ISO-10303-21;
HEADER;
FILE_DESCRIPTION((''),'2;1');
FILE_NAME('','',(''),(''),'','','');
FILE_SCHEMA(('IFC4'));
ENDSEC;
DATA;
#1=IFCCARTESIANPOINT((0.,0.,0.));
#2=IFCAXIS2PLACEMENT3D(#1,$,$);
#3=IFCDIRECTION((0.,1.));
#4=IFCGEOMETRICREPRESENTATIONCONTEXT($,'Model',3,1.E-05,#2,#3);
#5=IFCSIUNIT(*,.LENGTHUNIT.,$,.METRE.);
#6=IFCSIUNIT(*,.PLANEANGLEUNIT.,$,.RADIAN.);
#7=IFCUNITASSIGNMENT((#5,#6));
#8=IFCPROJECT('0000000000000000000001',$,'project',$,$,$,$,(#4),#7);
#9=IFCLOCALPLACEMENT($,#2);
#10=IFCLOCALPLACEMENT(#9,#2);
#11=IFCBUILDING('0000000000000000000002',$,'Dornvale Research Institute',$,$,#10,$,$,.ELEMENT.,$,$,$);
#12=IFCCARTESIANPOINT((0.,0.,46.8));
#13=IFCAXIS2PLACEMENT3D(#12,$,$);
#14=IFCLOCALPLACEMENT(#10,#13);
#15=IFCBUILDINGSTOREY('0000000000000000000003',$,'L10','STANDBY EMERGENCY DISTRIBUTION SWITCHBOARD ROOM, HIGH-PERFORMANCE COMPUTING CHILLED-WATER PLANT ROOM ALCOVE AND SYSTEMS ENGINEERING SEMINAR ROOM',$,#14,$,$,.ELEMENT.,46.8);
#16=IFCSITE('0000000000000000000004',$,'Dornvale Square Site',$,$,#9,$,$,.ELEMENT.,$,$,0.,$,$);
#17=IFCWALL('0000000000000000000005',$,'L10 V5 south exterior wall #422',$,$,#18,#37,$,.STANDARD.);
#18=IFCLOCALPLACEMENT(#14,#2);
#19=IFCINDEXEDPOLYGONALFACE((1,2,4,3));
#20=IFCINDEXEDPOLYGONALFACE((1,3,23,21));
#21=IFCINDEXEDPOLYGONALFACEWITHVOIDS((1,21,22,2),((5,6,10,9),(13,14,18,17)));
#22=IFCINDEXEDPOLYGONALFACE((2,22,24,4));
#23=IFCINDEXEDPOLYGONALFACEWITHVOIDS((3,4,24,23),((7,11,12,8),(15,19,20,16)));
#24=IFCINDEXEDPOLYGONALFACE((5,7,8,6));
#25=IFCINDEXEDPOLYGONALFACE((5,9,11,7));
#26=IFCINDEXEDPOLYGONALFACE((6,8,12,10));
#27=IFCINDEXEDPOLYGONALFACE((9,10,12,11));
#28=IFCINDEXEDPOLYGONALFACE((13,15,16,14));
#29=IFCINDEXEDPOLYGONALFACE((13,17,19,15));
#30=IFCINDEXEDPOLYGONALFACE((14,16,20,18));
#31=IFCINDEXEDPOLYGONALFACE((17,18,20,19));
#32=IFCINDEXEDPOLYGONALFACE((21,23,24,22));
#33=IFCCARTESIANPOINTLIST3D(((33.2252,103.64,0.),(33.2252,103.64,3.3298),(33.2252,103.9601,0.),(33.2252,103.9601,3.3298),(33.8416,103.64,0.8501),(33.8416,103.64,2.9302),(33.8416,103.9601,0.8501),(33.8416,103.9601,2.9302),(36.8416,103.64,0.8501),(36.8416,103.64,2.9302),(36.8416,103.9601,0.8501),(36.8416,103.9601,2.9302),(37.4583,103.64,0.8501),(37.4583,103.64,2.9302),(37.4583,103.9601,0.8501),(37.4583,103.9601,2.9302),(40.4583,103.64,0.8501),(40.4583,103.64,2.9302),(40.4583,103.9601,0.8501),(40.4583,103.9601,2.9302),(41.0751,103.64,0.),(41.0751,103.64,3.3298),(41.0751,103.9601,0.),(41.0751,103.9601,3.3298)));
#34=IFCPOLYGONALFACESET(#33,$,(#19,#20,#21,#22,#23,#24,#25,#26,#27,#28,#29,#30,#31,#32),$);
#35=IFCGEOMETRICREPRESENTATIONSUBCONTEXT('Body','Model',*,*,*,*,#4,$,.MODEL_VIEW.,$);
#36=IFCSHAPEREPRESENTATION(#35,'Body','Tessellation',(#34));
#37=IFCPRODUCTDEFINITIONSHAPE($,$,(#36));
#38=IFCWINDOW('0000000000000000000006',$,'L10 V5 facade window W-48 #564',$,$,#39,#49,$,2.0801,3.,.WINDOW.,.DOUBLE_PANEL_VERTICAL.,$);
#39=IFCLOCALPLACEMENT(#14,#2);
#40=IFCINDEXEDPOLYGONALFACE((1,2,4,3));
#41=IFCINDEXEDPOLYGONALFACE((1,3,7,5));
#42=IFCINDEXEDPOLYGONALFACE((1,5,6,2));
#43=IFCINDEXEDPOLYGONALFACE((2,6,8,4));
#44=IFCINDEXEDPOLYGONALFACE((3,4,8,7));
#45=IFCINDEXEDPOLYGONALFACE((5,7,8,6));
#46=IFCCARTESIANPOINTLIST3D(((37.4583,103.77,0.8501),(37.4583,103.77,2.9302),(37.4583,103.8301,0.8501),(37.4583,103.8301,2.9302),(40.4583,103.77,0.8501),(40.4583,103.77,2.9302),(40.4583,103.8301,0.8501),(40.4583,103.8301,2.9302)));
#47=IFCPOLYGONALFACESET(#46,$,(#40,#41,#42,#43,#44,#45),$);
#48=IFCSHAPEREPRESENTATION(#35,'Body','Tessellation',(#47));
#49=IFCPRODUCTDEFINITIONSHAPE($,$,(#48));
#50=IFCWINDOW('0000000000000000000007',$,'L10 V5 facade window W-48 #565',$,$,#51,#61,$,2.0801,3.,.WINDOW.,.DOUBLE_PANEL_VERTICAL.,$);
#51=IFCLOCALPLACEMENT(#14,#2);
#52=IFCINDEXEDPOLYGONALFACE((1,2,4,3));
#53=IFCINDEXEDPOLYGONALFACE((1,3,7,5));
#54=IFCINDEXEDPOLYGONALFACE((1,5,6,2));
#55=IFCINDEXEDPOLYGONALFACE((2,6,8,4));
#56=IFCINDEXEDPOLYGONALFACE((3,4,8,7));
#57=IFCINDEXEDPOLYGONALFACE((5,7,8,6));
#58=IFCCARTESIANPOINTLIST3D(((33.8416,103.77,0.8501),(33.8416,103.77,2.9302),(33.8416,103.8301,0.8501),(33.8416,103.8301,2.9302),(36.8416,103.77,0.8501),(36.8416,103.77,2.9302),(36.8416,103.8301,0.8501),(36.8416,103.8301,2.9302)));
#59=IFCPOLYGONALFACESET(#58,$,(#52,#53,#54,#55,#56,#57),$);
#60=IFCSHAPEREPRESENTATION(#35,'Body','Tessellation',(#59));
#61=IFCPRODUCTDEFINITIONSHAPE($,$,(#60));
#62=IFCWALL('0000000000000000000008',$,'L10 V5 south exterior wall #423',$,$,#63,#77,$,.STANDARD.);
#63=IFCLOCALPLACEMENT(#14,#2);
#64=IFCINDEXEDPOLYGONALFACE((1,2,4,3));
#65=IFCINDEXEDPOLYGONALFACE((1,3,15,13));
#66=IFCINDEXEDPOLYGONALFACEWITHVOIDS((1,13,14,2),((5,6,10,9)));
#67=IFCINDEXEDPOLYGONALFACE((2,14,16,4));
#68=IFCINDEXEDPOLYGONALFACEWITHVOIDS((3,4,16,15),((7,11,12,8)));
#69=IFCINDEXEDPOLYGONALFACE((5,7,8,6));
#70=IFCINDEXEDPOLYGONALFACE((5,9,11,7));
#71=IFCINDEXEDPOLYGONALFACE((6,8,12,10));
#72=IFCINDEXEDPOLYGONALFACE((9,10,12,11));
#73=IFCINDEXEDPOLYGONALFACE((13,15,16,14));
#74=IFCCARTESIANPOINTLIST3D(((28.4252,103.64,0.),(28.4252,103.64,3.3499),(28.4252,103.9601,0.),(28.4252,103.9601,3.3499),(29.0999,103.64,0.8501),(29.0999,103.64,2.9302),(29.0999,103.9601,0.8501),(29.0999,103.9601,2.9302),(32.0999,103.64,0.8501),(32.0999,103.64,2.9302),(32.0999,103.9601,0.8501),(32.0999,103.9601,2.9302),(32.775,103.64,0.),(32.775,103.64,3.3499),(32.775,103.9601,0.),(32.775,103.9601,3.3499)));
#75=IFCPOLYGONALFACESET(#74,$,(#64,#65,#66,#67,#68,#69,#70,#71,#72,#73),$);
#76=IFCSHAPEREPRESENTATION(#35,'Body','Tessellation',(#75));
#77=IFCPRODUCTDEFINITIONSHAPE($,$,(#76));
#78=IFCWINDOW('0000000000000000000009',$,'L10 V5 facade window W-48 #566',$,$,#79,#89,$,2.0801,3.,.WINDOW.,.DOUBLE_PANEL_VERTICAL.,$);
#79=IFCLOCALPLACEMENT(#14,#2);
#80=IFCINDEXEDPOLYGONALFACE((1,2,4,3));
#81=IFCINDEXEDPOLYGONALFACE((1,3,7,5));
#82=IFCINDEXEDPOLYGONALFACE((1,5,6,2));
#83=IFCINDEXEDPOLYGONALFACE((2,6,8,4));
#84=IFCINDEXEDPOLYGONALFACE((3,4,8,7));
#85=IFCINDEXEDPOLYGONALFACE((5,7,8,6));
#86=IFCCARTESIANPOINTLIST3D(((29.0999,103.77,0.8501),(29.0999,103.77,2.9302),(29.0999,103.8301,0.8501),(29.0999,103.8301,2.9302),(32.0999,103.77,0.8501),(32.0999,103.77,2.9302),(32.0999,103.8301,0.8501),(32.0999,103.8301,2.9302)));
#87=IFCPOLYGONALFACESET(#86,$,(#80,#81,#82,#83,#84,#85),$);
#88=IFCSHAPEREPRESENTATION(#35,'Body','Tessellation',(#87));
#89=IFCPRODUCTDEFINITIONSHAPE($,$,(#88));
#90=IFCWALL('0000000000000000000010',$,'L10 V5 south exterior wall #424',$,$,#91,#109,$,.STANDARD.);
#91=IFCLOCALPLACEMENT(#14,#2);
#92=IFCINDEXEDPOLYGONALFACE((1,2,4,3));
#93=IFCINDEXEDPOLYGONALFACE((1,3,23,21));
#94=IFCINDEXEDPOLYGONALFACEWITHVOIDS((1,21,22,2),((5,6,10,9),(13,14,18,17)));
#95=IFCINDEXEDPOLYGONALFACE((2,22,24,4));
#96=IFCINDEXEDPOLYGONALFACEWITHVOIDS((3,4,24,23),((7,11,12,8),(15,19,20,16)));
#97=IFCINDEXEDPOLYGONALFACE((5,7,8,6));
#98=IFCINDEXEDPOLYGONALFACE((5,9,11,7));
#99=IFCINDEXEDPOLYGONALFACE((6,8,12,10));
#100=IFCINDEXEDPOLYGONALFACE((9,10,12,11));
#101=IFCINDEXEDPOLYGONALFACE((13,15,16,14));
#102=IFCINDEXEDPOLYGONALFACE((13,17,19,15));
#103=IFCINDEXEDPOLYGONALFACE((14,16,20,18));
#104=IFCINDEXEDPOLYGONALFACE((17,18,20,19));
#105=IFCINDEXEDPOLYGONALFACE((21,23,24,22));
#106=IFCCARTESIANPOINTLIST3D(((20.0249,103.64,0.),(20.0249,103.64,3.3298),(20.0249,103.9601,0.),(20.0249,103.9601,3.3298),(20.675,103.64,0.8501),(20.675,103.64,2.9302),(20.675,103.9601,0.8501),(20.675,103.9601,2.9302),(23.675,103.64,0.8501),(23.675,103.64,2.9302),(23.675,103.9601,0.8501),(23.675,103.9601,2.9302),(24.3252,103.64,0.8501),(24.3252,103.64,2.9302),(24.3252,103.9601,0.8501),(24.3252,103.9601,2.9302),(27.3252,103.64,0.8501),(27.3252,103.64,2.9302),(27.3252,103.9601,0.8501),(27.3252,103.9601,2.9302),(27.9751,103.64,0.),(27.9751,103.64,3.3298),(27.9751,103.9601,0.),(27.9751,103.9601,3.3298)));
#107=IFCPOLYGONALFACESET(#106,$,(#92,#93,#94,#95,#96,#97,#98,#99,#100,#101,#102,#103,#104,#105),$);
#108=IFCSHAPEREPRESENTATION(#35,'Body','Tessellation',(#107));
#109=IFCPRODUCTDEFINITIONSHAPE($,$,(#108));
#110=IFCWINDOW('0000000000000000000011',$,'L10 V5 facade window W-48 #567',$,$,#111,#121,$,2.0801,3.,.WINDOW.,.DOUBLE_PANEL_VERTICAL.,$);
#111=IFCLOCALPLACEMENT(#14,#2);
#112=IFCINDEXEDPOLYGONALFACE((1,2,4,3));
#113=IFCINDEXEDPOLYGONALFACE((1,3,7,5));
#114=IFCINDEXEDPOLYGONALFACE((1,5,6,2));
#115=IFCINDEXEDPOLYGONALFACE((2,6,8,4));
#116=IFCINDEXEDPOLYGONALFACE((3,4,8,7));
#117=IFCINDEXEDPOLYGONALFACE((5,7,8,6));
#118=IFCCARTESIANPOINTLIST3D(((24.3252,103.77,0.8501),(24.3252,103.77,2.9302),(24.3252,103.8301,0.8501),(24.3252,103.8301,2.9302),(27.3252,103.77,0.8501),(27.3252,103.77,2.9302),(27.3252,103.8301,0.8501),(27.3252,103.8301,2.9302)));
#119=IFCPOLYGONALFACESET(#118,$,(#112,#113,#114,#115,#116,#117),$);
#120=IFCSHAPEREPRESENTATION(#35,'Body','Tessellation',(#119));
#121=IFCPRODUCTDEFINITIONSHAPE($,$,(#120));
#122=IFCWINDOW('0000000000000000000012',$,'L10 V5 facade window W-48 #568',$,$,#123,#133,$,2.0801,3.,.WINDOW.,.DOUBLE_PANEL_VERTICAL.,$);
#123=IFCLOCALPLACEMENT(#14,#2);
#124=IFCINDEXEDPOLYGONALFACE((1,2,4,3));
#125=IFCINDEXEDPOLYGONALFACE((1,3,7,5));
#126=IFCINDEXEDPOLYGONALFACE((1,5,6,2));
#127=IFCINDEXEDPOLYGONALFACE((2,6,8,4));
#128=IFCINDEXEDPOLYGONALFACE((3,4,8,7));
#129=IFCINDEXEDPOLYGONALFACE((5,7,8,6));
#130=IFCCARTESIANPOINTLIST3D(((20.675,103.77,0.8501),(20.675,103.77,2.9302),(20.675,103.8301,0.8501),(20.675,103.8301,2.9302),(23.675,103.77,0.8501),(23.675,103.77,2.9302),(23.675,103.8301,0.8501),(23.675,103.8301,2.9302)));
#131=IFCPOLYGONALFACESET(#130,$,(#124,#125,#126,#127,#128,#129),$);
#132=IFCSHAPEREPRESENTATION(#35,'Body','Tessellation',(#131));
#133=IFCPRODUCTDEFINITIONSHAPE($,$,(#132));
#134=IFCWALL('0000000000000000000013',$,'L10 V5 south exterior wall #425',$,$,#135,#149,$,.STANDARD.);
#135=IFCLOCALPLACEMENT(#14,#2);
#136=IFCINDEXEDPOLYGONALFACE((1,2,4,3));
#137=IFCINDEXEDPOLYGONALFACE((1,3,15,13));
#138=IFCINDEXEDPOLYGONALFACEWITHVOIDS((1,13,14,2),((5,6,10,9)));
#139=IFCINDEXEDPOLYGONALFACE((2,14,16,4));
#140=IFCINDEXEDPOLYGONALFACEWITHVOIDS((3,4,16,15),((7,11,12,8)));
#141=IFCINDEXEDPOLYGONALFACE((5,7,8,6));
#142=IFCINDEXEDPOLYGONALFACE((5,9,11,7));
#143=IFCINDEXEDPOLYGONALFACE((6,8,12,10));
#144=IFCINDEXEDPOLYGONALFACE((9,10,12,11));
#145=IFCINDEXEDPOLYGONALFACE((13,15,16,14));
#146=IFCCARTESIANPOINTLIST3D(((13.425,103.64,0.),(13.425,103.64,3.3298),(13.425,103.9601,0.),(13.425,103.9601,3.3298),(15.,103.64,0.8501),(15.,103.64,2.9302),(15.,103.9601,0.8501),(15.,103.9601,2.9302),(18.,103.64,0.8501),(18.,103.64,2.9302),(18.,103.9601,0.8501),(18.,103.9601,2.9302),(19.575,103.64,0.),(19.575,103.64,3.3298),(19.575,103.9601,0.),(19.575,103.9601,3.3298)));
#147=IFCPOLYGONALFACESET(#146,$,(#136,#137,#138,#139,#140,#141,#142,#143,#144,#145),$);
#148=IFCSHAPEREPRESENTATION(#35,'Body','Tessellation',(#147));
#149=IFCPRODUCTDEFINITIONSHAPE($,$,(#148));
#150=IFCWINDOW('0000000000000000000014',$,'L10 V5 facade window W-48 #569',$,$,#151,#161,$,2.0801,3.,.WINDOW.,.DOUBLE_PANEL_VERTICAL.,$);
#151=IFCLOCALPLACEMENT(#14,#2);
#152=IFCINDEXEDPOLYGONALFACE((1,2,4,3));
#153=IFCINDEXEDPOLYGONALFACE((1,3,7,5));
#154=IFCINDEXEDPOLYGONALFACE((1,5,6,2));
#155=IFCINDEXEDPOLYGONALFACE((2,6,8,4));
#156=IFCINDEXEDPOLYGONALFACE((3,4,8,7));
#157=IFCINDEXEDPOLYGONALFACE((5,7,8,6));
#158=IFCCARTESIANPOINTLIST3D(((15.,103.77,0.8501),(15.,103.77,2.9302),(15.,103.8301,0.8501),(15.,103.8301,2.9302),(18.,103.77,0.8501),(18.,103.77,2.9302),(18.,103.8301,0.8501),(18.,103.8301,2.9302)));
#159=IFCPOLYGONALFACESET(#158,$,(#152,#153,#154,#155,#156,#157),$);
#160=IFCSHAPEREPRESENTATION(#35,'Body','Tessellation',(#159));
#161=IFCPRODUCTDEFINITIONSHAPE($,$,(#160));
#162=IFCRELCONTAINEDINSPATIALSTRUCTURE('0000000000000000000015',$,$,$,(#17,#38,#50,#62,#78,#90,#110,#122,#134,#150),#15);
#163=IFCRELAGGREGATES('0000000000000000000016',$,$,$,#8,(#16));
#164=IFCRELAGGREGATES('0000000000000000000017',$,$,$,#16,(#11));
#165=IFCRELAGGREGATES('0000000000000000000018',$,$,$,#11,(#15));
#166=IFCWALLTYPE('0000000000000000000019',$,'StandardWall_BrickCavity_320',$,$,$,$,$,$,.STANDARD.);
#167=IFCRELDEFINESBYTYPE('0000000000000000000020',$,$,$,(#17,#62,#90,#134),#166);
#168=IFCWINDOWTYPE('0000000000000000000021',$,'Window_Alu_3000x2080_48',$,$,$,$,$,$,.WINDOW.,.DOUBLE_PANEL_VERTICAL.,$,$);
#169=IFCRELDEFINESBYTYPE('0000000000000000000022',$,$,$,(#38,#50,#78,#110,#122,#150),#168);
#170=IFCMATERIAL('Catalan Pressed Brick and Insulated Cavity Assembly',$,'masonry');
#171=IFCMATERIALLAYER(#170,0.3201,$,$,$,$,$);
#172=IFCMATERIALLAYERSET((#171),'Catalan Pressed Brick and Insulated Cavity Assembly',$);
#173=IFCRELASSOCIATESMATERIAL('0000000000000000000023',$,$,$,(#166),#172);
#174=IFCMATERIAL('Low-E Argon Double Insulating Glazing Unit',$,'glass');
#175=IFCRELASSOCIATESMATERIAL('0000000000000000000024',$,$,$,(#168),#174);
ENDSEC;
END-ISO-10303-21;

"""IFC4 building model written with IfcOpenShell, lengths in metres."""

from ifc_helpers import new_model, si_unit, direction, frame, frame_2d, origin, place, context, subcontext, project, spatial, rectangle, extrude, material, layer, layer_set, type_object, element, fill, save


model = new_model("IFC4")

# Units and contexts
model_context = context("Model", 3, precision=1e-05, world=origin(), true_north=direction((0.0, 1.0)))
body_context = subcontext(model_context, "Body", "Model", "MODEL_VIEW")
ifc_project = project(units=[si_unit("LENGTHUNIT", "METRE"), si_unit("PLANEANGLEUNIT", "RADIAN")], contexts=[model_context])

# Site, building, storey
site_placement = place(None, origin())
site = spatial("IfcSite", under=ifc_project, at=site_placement, Name="Dornvale Square Site", CompositionType="ELEMENT", RefElevation=0.0)
building_placement = place(site_placement, origin())
building = spatial("IfcBuilding", under=site, at=building_placement, Name="Dornvale Research Institute", CompositionType="ELEMENT")
storey_placement = place(building_placement, frame((0.0, 0.0, 46.8)))
storey = spatial("IfcBuildingStorey", under=building, at=storey_placement, Name="L10", Description="STANDBY EMERGENCY DISTRIBUTION SWITCHBOARD ROOM, HIGH-PERFORMANCE COMPUTING CHILLED-WATER PLANT ROOM ALCOVE AND SYSTEMS ENGINEERING SEMINAR ROOM", CompositionType="ELEMENT", Elevation=46.8)

# Wall, openings, windows
ifc_material_1 = material(Name="Catalan Pressed Brick and Insulated Cavity Assembly", Category="masonry")
ifc_layer_1 = layer(ifc_material_1, 0.3201)
ifc_layer_set_1 = layer_set([ifc_layer_1], Name="Catalan Pressed Brick and Insulated Cavity Assembly")
wall_type_1 = type_object("IfcWallType", Name="StandardWall_BrickCavity_320", PredefinedType="STANDARD", material=ifc_layer_set_1)
wall_1_placement = place(storey_placement, frame((41.075, 103.8, 0.0), z_axis=(0.0, 0.0, 1.0), x_axis=(-1.0, 0.0, 0.0)))
wall_1 = element("IfcWall", 1, at=wall_1_placement, inside=storey, type_object=wall_type_1, Name="L10 V5 south exterior wall #422", PredefinedType="STANDARD", context=body_context, shape_type="SweptSolid", body=[
    extrude(rectangle(XDim=7.8499, YDim=0.3201, at=frame_2d((3.9248, 0.0))), origin(), (0.0, 0.0, 1.0), 3.3298),
])
opening_1_placement = place(wall_1_placement, frame((0.6167, 0.0, 0.8501)))
opening_1 = element("IfcOpeningElement", 2, at=opening_1_placement, cuts=wall_1, PredefinedType="OPENING", context=body_context, shape_type="SweptSolid", body=[
    extrude(rectangle(XDim=3.0, YDim=2.0801, at=frame_2d((1.5, 1.04))), frame((0.0, 0.175, 0.0), z_axis=(0.0, -1.0, 0.0), x_axis=(1.0, 0.0, 0.0)), (0.0, 0.0, 1.0), 0.3501),
])
opening_2_placement = place(wall_1_placement, frame((4.2334, 0.0, 0.8501)))
opening_2 = element("IfcOpeningElement", 3, at=opening_2_placement, cuts=wall_1, PredefinedType="OPENING", context=body_context, shape_type="SweptSolid", body=[
    extrude(rectangle(XDim=3.0, YDim=2.0801, at=frame_2d((1.5, 1.04))), frame((0.0, 0.175, 0.0), z_axis=(0.0, -1.0, 0.0), x_axis=(1.0, 0.0, 0.0)), (0.0, 0.0, 1.0), 0.3501),
])
ifc_material_2 = material(Name="Low-E Argon Double Insulating Glazing Unit", Category="glass")
window_type = type_object("IfcWindowType", Name="Window_Alu_3000x2080_48", PartitioningType="DOUBLE_PANEL_VERTICAL", PredefinedType="WINDOW", material=ifc_material_2)
window_1_placement = place(opening_1_placement, origin())
window_1 = element("IfcWindow", 4, at=window_1_placement, inside=storey, type_object=window_type, Name="L10 V5 facade window W-48 #564", OverallHeight=2.0801, OverallWidth=3.0, PartitioningType="DOUBLE_PANEL_VERTICAL", PredefinedType="WINDOW", context=body_context, shape_type="SweptSolid", body=[
    extrude(rectangle(XDim=3.0, YDim=2.0801, at=frame_2d((1.5, 1.04))), frame((0.0, 0.03, 0.0), z_axis=(0.0, -1.0, 0.0), x_axis=(1.0, 0.0, 0.0)), (0.0, 0.0, 1.0), 0.0601),
])
fill(opening_1, window_1)
window_2_placement = place(opening_2_placement, origin())
window_2 = element("IfcWindow", 5, at=window_2_placement, inside=storey, type_object=window_type, Name="L10 V5 facade window W-48 #565", OverallHeight=2.0801, OverallWidth=3.0, PartitioningType="DOUBLE_PANEL_VERTICAL", PredefinedType="WINDOW", context=body_context, shape_type="SweptSolid", body=[
    extrude(rectangle(XDim=3.0, YDim=2.0801, at=frame_2d((1.5, 1.04))), frame((0.0, 0.03, 0.0), z_axis=(0.0, -1.0, 0.0), x_axis=(1.0, 0.0, 0.0)), (0.0, 0.0, 1.0), 0.0601),
])
fill(opening_2, window_2)

# Wall, opening, window
wall_2_placement = place(storey_placement, frame((32.7749, 103.8, 0.0), z_axis=(0.0, 0.0, 1.0), x_axis=(-1.0, 0.0, 0.0)))
wall_2 = element("IfcWall", 6, at=wall_2_placement, inside=storey, type_object=wall_type_1, Name="L10 V5 south exterior wall #423", PredefinedType="STANDARD", context=body_context, shape_type="SweptSolid", body=[
    extrude(rectangle(XDim=4.3499, YDim=0.3201, at=frame_2d((2.1748, 0.0))), origin(), (0.0, 0.0, 1.0), 3.3499),
])
opening_3_placement = place(wall_2_placement, frame((0.675, 0.0, 0.8501)))
opening_3 = element("IfcOpeningElement", 7, at=opening_3_placement, cuts=wall_2, PredefinedType="OPENING", context=body_context, shape_type="SweptSolid", body=[
    extrude(rectangle(XDim=3.0, YDim=2.0801, at=frame_2d((1.5, 1.04))), frame((0.0, 0.175, 0.0), z_axis=(0.0, -1.0, 0.0), x_axis=(1.0, 0.0, 0.0)), (0.0, 0.0, 1.0), 0.3501),
])
window_3_placement = place(opening_3_placement, origin())
window_3 = element("IfcWindow", 8, at=window_3_placement, inside=storey, type_object=window_type, Name="L10 V5 facade window W-48 #566", OverallHeight=2.0801, OverallWidth=3.0, PartitioningType="DOUBLE_PANEL_VERTICAL", PredefinedType="WINDOW", context=body_context, shape_type="SweptSolid", body=[
    extrude(rectangle(XDim=3.0, YDim=2.0801, at=frame_2d((1.5, 1.04))), frame((0.0, 0.03, 0.0), z_axis=(0.0, -1.0, 0.0), x_axis=(1.0, 0.0, 0.0)), (0.0, 0.0, 1.0), 0.0601),
])
fill(opening_3, window_3)

# Wall, openings, windows
wall_3_placement = place(storey_placement, frame((27.9751, 103.8, 0.0), z_axis=(0.0, 0.0, 1.0), x_axis=(-1.0, 0.0, 0.0)))
wall_3 = element("IfcWall", 9, at=wall_3_placement, inside=storey, type_object=wall_type_1, Name="L10 V5 south exterior wall #424", PredefinedType="STANDARD", context=body_context, shape_type="SweptSolid", body=[
    extrude(rectangle(XDim=7.9502, YDim=0.3201, at=frame_2d((3.9751, 0.0))), origin(), (0.0, 0.0, 1.0), 3.3298),
])
opening_4_placement = place(wall_3_placement, frame((0.6499, 0.0, 0.8501)))
opening_4 = element("IfcOpeningElement", 10, at=opening_4_placement, cuts=wall_3, PredefinedType="OPENING", context=body_context, shape_type="SweptSolid", body=[
    extrude(rectangle(XDim=3.0, YDim=2.0801, at=frame_2d((1.5, 1.04))), frame((0.0, 0.175, 0.0), z_axis=(0.0, -1.0, 0.0), x_axis=(1.0, 0.0, 0.0)), (0.0, 0.0, 1.0), 0.3501),
])
opening_5_placement = place(wall_3_placement, frame((4.3, 0.0, 0.8501)))
opening_5 = element("IfcOpeningElement", 11, at=opening_5_placement, cuts=wall_3, PredefinedType="OPENING", context=body_context, shape_type="SweptSolid", body=[
    extrude(rectangle(XDim=3.0, YDim=2.0801, at=frame_2d((1.5, 1.04))), frame((0.0, 0.175, 0.0), z_axis=(0.0, -1.0, 0.0), x_axis=(1.0, 0.0, 0.0)), (0.0, 0.0, 1.0), 0.3501),
])
window_4_placement = place(opening_4_placement, origin())
window_4 = element("IfcWindow", 12, at=window_4_placement, inside=storey, type_object=window_type, Name="L10 V5 facade window W-48 #567", OverallHeight=2.0801, OverallWidth=3.0, PartitioningType="DOUBLE_PANEL_VERTICAL", PredefinedType="WINDOW", context=body_context, shape_type="SweptSolid", body=[
    extrude(rectangle(XDim=3.0, YDim=2.0801, at=frame_2d((1.5, 1.04))), frame((0.0, 0.03, 0.0), z_axis=(0.0, -1.0, 0.0), x_axis=(1.0, 0.0, 0.0)), (0.0, 0.0, 1.0), 0.0601),
])
fill(opening_4, window_4)
window_5_placement = place(opening_5_placement, origin())
window_5 = element("IfcWindow", 13, at=window_5_placement, inside=storey, type_object=window_type, Name="L10 V5 facade window W-48 #568", OverallHeight=2.0801, OverallWidth=3.0, PartitioningType="DOUBLE_PANEL_VERTICAL", PredefinedType="WINDOW", context=body_context, shape_type="SweptSolid", body=[
    extrude(rectangle(XDim=3.0, YDim=2.0801, at=frame_2d((1.5, 1.04))), frame((0.0, 0.03, 0.0), z_axis=(0.0, -1.0, 0.0), x_axis=(1.0, 0.0, 0.0)), (0.0, 0.0, 1.0), 0.0601),
])
fill(opening_5, window_5)

# Wall, opening, window
wall_4_placement = place(storey_placement, frame((19.575, 103.8, 0.0), z_axis=(0.0, 0.0, 1.0), x_axis=(-1.0, 0.0, 0.0)))
wall_4 = element("IfcWall", 14, at=wall_4_placement, inside=storey, type_object=wall_type_1, Name="L10 V5 south exterior wall #425", PredefinedType="STANDARD", context=body_context, shape_type="SweptSolid", body=[
    extrude(rectangle(XDim=6.1499, YDim=0.3201, at=frame_2d((3.075, 0.0))), origin(), (0.0, 0.0, 1.0), 3.3298),
])
opening_6_placement = place(wall_4_placement, frame((1.575, 0.0, 0.8501)))
opening_6 = element("IfcOpeningElement", 15, at=opening_6_placement, cuts=wall_4, PredefinedType="OPENING", context=body_context, shape_type="SweptSolid", body=[
    extrude(rectangle(XDim=3.0, YDim=2.0801, at=frame_2d((1.5, 1.04))), frame((0.0, 0.175, 0.0), z_axis=(0.0, -1.0, 0.0), x_axis=(1.0, 0.0, 0.0)), (0.0, 0.0, 1.0), 0.3501),
])
window_6_placement = place(opening_6_placement, origin())
window_6 = element("IfcWindow", 16, at=window_6_placement, inside=storey, type_object=window_type, Name="L10 V5 facade window W-48 #569", OverallHeight=2.0801, OverallWidth=3.0, PartitioningType="DOUBLE_PANEL_VERTICAL", PredefinedType="WINDOW", context=body_context, shape_type="SweptSolid", body=[
    extrude(rectangle(XDim=3.0, YDim=2.0801, at=frame_2d((1.5, 1.04))), frame((0.0, 0.03, 0.0), z_axis=(0.0, -1.0, 0.0), x_axis=(1.0, 0.0, 0.0)), (0.0, 0.0, 1.0), 0.0601),
])
fill(opening_6, window_6)

save(model, "model.ifc")
